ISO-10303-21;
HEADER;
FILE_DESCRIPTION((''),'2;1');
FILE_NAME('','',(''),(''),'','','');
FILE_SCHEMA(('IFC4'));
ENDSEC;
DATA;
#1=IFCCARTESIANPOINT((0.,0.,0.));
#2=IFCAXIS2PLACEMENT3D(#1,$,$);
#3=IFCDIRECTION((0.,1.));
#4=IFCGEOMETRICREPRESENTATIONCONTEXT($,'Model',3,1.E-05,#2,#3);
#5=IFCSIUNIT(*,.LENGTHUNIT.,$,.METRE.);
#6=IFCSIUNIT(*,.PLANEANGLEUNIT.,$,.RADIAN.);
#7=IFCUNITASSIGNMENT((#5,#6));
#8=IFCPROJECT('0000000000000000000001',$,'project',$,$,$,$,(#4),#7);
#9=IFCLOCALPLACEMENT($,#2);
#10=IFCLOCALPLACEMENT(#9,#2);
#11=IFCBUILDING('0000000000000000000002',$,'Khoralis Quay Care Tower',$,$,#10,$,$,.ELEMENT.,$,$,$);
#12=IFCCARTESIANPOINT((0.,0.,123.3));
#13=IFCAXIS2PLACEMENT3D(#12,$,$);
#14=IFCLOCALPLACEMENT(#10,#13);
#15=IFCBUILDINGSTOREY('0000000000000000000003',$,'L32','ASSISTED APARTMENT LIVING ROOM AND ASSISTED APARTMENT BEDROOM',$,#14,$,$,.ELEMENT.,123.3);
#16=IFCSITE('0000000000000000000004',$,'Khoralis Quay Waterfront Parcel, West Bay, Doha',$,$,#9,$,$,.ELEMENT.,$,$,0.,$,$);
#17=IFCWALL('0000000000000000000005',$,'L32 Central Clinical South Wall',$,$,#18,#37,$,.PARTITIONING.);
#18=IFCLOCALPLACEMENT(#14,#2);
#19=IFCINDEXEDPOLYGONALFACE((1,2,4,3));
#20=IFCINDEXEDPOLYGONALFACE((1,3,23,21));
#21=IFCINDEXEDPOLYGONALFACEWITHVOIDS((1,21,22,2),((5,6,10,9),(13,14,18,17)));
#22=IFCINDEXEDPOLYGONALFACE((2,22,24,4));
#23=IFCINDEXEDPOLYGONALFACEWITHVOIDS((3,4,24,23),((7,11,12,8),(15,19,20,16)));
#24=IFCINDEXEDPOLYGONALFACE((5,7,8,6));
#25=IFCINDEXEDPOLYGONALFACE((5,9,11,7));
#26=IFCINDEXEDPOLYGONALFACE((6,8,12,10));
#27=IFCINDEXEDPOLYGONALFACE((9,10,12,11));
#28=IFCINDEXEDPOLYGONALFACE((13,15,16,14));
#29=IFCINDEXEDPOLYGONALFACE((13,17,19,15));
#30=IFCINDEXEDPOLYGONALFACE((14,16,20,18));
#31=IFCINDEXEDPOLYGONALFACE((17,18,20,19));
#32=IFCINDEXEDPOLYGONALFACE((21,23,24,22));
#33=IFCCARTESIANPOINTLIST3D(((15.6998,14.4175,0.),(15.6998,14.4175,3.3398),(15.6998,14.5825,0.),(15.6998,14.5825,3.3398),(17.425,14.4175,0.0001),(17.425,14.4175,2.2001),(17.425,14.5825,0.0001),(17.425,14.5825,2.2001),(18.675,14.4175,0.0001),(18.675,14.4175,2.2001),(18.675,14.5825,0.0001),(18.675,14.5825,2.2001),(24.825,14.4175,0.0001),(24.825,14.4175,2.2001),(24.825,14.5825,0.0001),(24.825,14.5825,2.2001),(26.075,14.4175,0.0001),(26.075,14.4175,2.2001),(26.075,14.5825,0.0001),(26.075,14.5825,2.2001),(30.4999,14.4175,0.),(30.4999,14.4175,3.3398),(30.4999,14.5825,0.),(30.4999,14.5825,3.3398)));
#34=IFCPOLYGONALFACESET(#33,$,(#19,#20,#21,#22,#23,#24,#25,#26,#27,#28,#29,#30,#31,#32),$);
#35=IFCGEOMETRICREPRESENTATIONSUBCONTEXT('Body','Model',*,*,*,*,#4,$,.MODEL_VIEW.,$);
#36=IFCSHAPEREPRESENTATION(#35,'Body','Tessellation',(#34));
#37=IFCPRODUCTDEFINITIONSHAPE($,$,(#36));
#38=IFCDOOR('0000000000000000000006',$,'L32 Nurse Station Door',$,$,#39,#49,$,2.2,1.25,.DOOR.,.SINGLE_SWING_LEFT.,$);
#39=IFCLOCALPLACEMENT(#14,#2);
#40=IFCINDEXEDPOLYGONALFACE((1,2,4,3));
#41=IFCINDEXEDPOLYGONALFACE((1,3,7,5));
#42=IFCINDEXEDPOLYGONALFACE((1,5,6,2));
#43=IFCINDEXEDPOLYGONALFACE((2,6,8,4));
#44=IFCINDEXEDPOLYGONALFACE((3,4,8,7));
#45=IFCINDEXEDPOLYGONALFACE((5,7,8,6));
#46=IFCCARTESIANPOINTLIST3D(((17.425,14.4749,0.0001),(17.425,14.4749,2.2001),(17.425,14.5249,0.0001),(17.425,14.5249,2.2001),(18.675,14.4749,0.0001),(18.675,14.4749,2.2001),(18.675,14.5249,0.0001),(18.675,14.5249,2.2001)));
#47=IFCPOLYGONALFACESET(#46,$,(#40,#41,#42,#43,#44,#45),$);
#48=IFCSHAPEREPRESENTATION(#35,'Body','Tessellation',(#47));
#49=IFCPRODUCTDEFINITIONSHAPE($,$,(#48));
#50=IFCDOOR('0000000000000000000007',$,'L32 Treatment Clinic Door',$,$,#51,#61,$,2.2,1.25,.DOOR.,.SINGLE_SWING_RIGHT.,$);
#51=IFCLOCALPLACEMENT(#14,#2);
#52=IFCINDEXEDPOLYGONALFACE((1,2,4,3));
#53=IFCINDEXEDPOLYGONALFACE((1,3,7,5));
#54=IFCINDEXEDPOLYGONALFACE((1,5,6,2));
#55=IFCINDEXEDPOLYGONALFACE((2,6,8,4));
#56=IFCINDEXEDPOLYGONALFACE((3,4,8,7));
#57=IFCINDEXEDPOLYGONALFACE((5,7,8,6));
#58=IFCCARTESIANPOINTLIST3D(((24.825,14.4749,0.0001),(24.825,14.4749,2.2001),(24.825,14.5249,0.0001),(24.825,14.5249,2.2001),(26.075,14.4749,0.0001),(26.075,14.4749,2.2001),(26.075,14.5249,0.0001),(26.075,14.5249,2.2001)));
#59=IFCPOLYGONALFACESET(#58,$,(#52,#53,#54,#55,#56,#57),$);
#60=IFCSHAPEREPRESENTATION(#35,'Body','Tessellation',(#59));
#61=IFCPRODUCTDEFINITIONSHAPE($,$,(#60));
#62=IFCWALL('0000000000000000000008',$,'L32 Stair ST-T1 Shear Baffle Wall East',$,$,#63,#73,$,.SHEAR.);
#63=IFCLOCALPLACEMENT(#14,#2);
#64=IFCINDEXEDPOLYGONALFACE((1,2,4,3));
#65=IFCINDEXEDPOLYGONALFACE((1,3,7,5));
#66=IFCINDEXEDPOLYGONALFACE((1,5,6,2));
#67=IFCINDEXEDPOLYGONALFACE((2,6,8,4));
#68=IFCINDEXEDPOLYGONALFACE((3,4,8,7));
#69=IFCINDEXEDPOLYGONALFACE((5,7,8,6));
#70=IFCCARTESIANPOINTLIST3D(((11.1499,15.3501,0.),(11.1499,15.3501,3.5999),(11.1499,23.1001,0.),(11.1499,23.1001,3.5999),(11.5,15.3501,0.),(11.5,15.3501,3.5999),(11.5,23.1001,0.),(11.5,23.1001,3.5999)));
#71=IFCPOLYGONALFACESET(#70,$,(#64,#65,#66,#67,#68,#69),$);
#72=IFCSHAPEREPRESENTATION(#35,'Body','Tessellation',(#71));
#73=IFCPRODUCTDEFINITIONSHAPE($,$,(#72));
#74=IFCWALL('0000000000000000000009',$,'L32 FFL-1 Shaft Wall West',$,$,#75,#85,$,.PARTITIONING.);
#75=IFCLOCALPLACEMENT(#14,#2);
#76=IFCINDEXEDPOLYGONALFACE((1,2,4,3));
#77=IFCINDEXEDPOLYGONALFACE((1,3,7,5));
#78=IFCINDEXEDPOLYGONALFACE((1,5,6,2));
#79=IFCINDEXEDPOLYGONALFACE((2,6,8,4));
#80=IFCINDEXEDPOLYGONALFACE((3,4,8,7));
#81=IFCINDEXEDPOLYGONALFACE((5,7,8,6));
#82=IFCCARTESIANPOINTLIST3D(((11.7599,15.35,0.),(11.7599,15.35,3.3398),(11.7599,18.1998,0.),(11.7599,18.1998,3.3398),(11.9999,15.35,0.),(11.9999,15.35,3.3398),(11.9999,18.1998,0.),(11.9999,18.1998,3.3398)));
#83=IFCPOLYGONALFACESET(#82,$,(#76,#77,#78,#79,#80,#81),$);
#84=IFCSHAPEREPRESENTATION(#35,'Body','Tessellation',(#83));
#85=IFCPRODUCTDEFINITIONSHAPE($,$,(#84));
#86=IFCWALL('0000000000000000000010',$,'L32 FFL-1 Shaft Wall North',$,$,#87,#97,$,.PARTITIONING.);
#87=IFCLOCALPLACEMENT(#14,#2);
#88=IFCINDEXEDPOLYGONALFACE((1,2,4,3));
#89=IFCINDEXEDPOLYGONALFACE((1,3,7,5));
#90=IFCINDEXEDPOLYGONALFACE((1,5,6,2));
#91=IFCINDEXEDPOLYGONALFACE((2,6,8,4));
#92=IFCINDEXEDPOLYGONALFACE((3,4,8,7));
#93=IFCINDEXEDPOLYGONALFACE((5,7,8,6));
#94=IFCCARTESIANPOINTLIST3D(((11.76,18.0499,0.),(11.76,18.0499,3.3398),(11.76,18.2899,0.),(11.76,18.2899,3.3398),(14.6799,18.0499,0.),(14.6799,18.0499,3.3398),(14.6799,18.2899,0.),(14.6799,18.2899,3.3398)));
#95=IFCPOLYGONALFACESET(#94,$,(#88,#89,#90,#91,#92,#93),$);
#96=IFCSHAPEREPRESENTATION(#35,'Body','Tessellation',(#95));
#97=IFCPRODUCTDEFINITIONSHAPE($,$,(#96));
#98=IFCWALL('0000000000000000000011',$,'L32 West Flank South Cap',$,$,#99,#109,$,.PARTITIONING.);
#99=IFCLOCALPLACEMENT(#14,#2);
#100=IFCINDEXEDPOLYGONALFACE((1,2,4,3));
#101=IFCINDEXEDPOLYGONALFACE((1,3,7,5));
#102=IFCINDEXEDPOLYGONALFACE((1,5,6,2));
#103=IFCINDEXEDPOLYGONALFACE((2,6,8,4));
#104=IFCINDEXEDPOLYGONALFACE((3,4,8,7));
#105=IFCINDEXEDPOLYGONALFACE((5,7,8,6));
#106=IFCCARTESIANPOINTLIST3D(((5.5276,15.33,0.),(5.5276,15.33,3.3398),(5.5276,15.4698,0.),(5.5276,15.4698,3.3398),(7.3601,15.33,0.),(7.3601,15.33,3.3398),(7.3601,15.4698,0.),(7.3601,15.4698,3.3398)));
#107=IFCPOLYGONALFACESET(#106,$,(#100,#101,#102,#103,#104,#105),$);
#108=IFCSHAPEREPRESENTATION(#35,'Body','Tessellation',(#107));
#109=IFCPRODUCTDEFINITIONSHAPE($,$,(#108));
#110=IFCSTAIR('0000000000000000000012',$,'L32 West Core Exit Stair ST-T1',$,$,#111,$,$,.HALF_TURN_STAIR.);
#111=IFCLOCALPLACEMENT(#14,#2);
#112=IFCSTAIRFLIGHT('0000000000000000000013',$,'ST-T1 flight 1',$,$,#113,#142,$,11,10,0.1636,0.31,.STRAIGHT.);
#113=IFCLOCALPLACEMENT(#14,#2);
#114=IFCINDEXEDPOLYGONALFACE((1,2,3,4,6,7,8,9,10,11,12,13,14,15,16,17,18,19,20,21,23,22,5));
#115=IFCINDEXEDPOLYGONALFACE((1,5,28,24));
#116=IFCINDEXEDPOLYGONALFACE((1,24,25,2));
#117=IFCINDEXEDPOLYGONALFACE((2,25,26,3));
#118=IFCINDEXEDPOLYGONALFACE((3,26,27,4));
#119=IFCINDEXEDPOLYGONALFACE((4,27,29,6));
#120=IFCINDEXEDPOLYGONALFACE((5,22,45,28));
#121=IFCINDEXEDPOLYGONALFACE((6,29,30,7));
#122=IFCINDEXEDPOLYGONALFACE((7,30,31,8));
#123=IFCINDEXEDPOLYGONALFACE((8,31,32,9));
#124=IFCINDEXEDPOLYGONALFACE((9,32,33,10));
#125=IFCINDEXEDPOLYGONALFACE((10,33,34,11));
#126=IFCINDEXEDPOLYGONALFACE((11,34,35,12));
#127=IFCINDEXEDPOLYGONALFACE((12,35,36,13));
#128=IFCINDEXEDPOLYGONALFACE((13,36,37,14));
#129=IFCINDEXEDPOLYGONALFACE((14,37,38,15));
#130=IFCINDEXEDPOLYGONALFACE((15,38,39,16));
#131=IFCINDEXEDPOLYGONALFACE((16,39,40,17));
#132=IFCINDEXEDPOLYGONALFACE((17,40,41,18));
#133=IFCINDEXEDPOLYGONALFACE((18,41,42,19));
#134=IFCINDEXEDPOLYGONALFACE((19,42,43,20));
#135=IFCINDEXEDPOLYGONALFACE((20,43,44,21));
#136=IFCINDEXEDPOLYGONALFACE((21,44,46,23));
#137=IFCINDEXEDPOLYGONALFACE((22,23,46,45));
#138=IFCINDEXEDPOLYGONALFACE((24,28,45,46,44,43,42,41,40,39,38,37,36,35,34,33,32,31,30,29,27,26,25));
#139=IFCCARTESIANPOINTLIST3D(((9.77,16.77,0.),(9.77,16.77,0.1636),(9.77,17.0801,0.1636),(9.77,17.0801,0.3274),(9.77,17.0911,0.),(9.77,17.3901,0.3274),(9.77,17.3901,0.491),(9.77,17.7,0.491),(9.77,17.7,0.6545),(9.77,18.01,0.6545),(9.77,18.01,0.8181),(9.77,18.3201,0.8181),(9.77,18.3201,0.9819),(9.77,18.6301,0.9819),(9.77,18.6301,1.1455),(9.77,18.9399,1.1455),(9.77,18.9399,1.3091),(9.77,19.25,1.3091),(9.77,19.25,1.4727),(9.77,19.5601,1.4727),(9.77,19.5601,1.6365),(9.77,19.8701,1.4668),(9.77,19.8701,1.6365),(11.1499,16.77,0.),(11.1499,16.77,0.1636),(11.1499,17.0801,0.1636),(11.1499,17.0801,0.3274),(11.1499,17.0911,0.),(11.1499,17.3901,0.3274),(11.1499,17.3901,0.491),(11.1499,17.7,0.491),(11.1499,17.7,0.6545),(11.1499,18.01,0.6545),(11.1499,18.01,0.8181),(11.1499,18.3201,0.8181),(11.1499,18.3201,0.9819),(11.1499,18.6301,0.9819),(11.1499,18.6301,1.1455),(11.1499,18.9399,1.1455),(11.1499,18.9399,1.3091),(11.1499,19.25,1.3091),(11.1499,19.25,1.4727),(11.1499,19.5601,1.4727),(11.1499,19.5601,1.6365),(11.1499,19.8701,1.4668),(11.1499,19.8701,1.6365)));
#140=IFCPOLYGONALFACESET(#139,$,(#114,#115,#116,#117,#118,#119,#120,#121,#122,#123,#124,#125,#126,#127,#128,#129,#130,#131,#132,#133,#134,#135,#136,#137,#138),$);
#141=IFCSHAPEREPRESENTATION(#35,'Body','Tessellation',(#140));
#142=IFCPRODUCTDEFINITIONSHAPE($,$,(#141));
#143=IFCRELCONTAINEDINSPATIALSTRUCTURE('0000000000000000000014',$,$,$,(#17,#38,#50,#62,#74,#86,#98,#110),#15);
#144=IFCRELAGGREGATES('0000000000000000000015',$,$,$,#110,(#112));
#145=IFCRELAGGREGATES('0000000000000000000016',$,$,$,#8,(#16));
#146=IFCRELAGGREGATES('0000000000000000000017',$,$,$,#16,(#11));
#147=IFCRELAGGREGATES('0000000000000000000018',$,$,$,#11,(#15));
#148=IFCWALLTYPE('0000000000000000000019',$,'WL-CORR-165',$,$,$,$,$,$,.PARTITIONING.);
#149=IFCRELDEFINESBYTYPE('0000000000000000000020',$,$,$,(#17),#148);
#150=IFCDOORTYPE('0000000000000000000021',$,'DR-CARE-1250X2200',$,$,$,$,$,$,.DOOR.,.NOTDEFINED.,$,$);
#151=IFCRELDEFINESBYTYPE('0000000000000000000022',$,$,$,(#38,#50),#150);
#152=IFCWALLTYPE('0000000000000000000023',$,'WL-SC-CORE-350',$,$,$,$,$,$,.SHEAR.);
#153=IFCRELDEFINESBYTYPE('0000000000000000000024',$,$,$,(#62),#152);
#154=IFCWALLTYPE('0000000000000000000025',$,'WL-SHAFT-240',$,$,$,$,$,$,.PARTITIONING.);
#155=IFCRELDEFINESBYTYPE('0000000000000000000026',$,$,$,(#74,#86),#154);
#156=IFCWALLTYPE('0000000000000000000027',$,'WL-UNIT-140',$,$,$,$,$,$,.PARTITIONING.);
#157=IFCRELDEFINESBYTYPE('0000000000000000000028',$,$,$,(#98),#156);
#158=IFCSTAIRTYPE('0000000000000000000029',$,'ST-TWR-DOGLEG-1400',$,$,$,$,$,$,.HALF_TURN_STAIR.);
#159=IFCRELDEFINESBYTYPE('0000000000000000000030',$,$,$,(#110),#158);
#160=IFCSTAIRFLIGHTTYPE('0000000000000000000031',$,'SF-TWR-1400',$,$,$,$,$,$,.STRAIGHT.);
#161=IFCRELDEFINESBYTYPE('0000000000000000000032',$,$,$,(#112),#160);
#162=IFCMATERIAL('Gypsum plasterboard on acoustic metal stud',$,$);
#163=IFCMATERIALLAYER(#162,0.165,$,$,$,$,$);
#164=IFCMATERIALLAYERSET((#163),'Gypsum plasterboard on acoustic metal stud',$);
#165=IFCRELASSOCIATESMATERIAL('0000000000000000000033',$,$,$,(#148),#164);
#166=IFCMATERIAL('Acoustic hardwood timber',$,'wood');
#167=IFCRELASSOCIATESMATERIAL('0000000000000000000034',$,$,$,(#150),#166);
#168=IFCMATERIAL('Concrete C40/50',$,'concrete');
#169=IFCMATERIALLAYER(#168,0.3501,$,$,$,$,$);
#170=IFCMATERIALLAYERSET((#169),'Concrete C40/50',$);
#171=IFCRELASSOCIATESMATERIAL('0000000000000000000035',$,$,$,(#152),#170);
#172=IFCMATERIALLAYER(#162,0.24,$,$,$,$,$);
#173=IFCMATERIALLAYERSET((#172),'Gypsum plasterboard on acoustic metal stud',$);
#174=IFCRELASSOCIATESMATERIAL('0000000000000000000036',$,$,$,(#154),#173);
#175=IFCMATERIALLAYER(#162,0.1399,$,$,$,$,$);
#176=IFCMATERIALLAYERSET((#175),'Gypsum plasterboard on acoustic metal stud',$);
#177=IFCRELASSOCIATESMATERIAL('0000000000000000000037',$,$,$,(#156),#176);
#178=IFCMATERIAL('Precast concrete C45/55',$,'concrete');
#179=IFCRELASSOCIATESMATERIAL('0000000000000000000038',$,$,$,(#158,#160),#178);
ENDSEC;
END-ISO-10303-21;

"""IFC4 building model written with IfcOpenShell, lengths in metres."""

from ifc_helpers import new_model, si_unit, direction, frame, frame_2d, origin, place, context, subcontext, project, spatial, polyline, rectangle, outline, extrude, source, transform, mapped, material, layer, layer_set, type_object, element, fill, aggregate, save


model = new_model("IFC4")

# Units and contexts
model_context = context("Model", 3, precision=1e-05, world=origin(), true_north=direction((0.0, 1.0)))
body_context = subcontext(model_context, "Body", "Model", "MODEL_VIEW")
ifc_project = project(units=[si_unit("LENGTHUNIT", "METRE"), si_unit("PLANEANGLEUNIT", "RADIAN")], contexts=[model_context])

# Site, building, storey
site_placement = place(None, origin())
site = spatial("IfcSite", under=ifc_project, at=site_placement, Name="Khoralis Quay Waterfront Parcel, West Bay, Doha", CompositionType="ELEMENT", RefElevation=0.0)
building_placement = place(site_placement, origin())
building = spatial("IfcBuilding", under=site, at=building_placement, Name="Khoralis Quay Care Tower", CompositionType="ELEMENT")
storey_placement = place(building_placement, frame((0.0, 0.0, 123.3)))
storey = spatial("IfcBuildingStorey", under=building, at=storey_placement, Name="L32", Description="ASSISTED APARTMENT LIVING ROOM AND ASSISTED APARTMENT BEDROOM", CompositionType="ELEMENT", Elevation=123.3)

# Shared definitions
ifc_material_1 = material(Name="Gypsum plasterboard on acoustic metal stud")

# Wall, openings, doors
ifc_layer_1 = layer(ifc_material_1, 0.165)
ifc_layer_set_1 = layer_set([ifc_layer_1], Name="Gypsum plasterboard on acoustic metal stud")
wall_type_1 = type_object("IfcWallType", Name="WL-CORR-165", PredefinedType="PARTITIONING", material=ifc_layer_set_1)
wall_1_placement = place(storey_placement, frame((15.7, 14.5, 0.0), z_axis=(0.0, 0.0, 1.0), x_axis=(1.0, 0.0, 0.0)))
wall_1 = element("IfcWall", 1, at=wall_1_placement, inside=storey, type_object=wall_type_1, Name="L32 Central Clinical South Wall", PredefinedType="PARTITIONING", context=body_context, shape_type="SweptSolid", body=[
    extrude(rectangle(XDim=14.8, YDim=0.165, at=frame_2d((7.3999, 0.0))), origin(), (0.0, 0.0, 1.0), 3.3398),
])
opening_1_placement = place(wall_1_placement, frame((1.7251, 0.0, 0.0)))
opening_1 = element("IfcOpeningElement", 2, at=opening_1_placement, cuts=wall_1, PredefinedType="OPENING", context=body_context, shape_type="SweptSolid", body=[
    extrude(rectangle(XDim=1.25, YDim=2.2, at=frame_2d((0.625, 1.1001))), frame((0.0, 0.0925, 0.0), z_axis=(0.0, -1.0, 0.0), x_axis=(1.0, 0.0, 0.0)), (0.0, 0.0, 1.0), 0.1851),
])
opening_2_placement = place(wall_1_placement, frame((9.125, 0.0, 0.0)))
opening_2 = element("IfcOpeningElement", 3, at=opening_2_placement, cuts=wall_1, PredefinedType="OPENING", context=body_context, shape_type="SweptSolid", body=[
    extrude(rectangle(XDim=1.25, YDim=2.2, at=frame_2d((0.625, 1.1001))), frame((0.0, 0.0925, 0.0), z_axis=(0.0, -1.0, 0.0), x_axis=(1.0, 0.0, 0.0)), (0.0, 0.0, 1.0), 0.1851),
])
ifc_material_2 = material(Name="Acoustic hardwood timber", Category="wood")
door_type_1 = type_object("IfcDoorType", Name="DR-CARE-1250X2200", OperationType="NOTDEFINED", PredefinedType="DOOR", material=ifc_material_2)
shared_shape_1 = source(origin(), body_context, "Body", "SweptSolid", [
    extrude(rectangle(XDim=1.25, YDim=2.2, at=frame_2d((0.625, 1.1001))), frame((0.0, 0.0249, 0.0), z_axis=(0.0, -1.0, 0.0), x_axis=(1.0, 0.0, 0.0)), (0.0, 0.0, 1.0), 0.05),
])
door_1_placement = place(opening_1_placement, origin())
door_1 = element("IfcDoor", 4, at=door_1_placement, inside=storey, type_object=door_type_1, Name="L32 Nurse Station Door", OperationType="SINGLE_SWING_LEFT", OverallHeight=2.2, OverallWidth=1.25, PredefinedType="DOOR", context=body_context, shape_type="MappedRepresentation", body=[
    mapped(shared_shape_1, transform((0.0, 0.0, 0.0), scale=1.0)),
])
fill(opening_1, door_1)
door_2_placement = place(opening_2_placement, origin())
door_2 = element("IfcDoor", 5, at=door_2_placement, inside=storey, type_object=door_type_1, Name="L32 Treatment Clinic Door", OperationType="SINGLE_SWING_RIGHT", OverallHeight=2.2, OverallWidth=1.25, PredefinedType="DOOR", context=body_context, shape_type="MappedRepresentation", body=[
    mapped(shared_shape_1, transform((0.0, 0.0, 0.0), scale=1.0)),
])
fill(opening_2, door_2)

# Walls
ifc_material_3 = material(Name="Concrete C40/50", Category="concrete")
ifc_layer_2 = layer(ifc_material_3, 0.3501)
ifc_layer_set_2 = layer_set([ifc_layer_2], Name="Concrete C40/50")
wall_type_2 = type_object("IfcWallType", Name="WL-SC-CORE-350", PredefinedType="SHEAR", material=ifc_layer_set_2)
wall_2_placement = place(storey_placement, frame((11.325, 15.3501, 0.0), z_axis=(0.0, 0.0, 1.0), x_axis=(0.0, 1.0, 0.0)))
element("IfcWall", 6, at=wall_2_placement, inside=storey, type_object=wall_type_2, Name="L32 Stair ST-T1 Shear Baffle Wall East", PredefinedType="SHEAR", context=body_context, shape_type="SweptSolid", body=[
    extrude(rectangle(XDim=7.75, YDim=0.3501, at=frame_2d((3.875, 0.0))), origin(), (0.0, 0.0, 1.0), 3.5999),
])
ifc_layer_3 = layer(ifc_material_1, 0.24)
ifc_layer_set_3 = layer_set([ifc_layer_3], Name="Gypsum plasterboard on acoustic metal stud")
wall_type_3 = type_object("IfcWallType", Name="WL-SHAFT-240", PredefinedType="PARTITIONING", material=ifc_layer_set_3)
wall_3_placement = place(storey_placement, frame((11.8799, 15.3501, 0.0), z_axis=(0.0, 0.0, 1.0), x_axis=(0.0, 1.0, 0.0)))
element("IfcWall", 7, at=wall_3_placement, inside=storey, type_object=wall_type_3, Name="L32 FFL-1 Shaft Wall West", PredefinedType="PARTITIONING", context=body_context, shape_type="SweptSolid", body=[
    extrude(rectangle(XDim=2.8499, YDim=0.24, at=frame_2d((1.4248, 0.0))), origin(), (0.0, 0.0, 1.0), 3.3398),
])
wall_4_placement = place(storey_placement, frame((11.76, 18.1699, 0.0), z_axis=(0.0, 0.0, 1.0), x_axis=(1.0, 0.0, 0.0)))
element("IfcWall", 8, at=wall_4_placement, inside=storey, type_object=wall_type_3, Name="L32 FFL-1 Shaft Wall North", PredefinedType="PARTITIONING", context=body_context, shape_type="SweptSolid", body=[
    extrude(rectangle(XDim=2.9199, YDim=0.24, at=frame_2d((1.46, 0.0))), origin(), (0.0, 0.0, 1.0), 3.3398),
])
ifc_layer_4 = layer(ifc_material_1, 0.1399)
ifc_layer_set_4 = layer_set([ifc_layer_4], Name="Gypsum plasterboard on acoustic metal stud")
wall_type_4 = type_object("IfcWallType", Name="WL-UNIT-140", PredefinedType="PARTITIONING", material=ifc_layer_set_4)
wall_5_placement = place(storey_placement, frame((5.5276, 15.3999, 0.0), z_axis=(0.0, 0.0, 1.0), x_axis=(1.0, 0.0, 0.0)))
element("IfcWall", 9, at=wall_5_placement, inside=storey, type_object=wall_type_4, Name="L32 West Flank South Cap", PredefinedType="PARTITIONING", context=body_context, shape_type="SweptSolid", body=[
    extrude(rectangle(XDim=1.8325, YDim=0.1399, at=frame_2d((0.9163, 0.0))), origin(), (0.0, 0.0, 1.0), 3.3398),
])

# Stair, stair flight
ifc_material_4 = material(Name="Precast concrete C45/55", Category="concrete")
stair_type = type_object("IfcStairType", Name="ST-TWR-DOGLEG-1400", PredefinedType="HALF_TURN_STAIR", material=ifc_material_4)
stair_placement = place(storey_placement, origin())
stair = element("IfcStair", 10, at=stair_placement, inside=storey, type_object=stair_type, Name="L32 West Core Exit Stair ST-T1", PredefinedType="HALF_TURN_STAIR")
stair_flight_type = type_object("IfcStairFlightType", Name="SF-TWR-1400", PredefinedType="STRAIGHT", material=ifc_material_4)
shared_shape_2 = source(origin(), body_context, "Body", "SweptSolid", [
    extrude(outline(polyline([(0.0, 0.0), (0.0, 0.1636), (0.3101, 0.1636), (0.3101, 0.3274), (0.6201, 0.3274), (0.6201, 0.491), (0.9299, 0.491), (0.9299, 0.6545), (1.24, 0.6545), (1.24, 0.8181), (1.55, 0.8181), (1.55, 0.9819), (1.8601, 0.9819), (1.8601, 1.1455), (2.1699, 1.1455), (2.1699, 1.3091), (2.48, 1.3091), (2.48, 1.4727), (2.79, 1.4727), (2.79, 1.6365), (3.1001, 1.6365), (3.1001, 1.8), (3.1001, 1.4668), (0.321, 0.0), (0.0, 0.0)])), frame((0.0, 0.6899, 0.0), z_axis=(0.0, -1.0, 0.0), x_axis=(1.0, 0.0, 0.0)), (0.0, 0.0, 1.0), 1.3799),
])
stair_flight_placement = place(storey_placement, frame((10.46, 16.77, 0.0), z_axis=(0.0, 0.0, 1.0), x_axis=(0.0, 1.0, 0.0)))
stair_flight = element("IfcStairFlight", 11, at=stair_flight_placement, type_object=stair_flight_type, Name="ST-T1 flight 1", NumberOfRisers=11, NumberOfTreads=10, PredefinedType="STRAIGHT", RiserHeight=0.1636, TreadLength=0.31, context=body_context, shape_type="MappedRepresentation", body=[
    mapped(shared_shape_2, transform((0.0, 0.0, 0.0), scale=1.0)),
])
aggregate(stair, [stair_flight])

save(model, "model.ifc")
